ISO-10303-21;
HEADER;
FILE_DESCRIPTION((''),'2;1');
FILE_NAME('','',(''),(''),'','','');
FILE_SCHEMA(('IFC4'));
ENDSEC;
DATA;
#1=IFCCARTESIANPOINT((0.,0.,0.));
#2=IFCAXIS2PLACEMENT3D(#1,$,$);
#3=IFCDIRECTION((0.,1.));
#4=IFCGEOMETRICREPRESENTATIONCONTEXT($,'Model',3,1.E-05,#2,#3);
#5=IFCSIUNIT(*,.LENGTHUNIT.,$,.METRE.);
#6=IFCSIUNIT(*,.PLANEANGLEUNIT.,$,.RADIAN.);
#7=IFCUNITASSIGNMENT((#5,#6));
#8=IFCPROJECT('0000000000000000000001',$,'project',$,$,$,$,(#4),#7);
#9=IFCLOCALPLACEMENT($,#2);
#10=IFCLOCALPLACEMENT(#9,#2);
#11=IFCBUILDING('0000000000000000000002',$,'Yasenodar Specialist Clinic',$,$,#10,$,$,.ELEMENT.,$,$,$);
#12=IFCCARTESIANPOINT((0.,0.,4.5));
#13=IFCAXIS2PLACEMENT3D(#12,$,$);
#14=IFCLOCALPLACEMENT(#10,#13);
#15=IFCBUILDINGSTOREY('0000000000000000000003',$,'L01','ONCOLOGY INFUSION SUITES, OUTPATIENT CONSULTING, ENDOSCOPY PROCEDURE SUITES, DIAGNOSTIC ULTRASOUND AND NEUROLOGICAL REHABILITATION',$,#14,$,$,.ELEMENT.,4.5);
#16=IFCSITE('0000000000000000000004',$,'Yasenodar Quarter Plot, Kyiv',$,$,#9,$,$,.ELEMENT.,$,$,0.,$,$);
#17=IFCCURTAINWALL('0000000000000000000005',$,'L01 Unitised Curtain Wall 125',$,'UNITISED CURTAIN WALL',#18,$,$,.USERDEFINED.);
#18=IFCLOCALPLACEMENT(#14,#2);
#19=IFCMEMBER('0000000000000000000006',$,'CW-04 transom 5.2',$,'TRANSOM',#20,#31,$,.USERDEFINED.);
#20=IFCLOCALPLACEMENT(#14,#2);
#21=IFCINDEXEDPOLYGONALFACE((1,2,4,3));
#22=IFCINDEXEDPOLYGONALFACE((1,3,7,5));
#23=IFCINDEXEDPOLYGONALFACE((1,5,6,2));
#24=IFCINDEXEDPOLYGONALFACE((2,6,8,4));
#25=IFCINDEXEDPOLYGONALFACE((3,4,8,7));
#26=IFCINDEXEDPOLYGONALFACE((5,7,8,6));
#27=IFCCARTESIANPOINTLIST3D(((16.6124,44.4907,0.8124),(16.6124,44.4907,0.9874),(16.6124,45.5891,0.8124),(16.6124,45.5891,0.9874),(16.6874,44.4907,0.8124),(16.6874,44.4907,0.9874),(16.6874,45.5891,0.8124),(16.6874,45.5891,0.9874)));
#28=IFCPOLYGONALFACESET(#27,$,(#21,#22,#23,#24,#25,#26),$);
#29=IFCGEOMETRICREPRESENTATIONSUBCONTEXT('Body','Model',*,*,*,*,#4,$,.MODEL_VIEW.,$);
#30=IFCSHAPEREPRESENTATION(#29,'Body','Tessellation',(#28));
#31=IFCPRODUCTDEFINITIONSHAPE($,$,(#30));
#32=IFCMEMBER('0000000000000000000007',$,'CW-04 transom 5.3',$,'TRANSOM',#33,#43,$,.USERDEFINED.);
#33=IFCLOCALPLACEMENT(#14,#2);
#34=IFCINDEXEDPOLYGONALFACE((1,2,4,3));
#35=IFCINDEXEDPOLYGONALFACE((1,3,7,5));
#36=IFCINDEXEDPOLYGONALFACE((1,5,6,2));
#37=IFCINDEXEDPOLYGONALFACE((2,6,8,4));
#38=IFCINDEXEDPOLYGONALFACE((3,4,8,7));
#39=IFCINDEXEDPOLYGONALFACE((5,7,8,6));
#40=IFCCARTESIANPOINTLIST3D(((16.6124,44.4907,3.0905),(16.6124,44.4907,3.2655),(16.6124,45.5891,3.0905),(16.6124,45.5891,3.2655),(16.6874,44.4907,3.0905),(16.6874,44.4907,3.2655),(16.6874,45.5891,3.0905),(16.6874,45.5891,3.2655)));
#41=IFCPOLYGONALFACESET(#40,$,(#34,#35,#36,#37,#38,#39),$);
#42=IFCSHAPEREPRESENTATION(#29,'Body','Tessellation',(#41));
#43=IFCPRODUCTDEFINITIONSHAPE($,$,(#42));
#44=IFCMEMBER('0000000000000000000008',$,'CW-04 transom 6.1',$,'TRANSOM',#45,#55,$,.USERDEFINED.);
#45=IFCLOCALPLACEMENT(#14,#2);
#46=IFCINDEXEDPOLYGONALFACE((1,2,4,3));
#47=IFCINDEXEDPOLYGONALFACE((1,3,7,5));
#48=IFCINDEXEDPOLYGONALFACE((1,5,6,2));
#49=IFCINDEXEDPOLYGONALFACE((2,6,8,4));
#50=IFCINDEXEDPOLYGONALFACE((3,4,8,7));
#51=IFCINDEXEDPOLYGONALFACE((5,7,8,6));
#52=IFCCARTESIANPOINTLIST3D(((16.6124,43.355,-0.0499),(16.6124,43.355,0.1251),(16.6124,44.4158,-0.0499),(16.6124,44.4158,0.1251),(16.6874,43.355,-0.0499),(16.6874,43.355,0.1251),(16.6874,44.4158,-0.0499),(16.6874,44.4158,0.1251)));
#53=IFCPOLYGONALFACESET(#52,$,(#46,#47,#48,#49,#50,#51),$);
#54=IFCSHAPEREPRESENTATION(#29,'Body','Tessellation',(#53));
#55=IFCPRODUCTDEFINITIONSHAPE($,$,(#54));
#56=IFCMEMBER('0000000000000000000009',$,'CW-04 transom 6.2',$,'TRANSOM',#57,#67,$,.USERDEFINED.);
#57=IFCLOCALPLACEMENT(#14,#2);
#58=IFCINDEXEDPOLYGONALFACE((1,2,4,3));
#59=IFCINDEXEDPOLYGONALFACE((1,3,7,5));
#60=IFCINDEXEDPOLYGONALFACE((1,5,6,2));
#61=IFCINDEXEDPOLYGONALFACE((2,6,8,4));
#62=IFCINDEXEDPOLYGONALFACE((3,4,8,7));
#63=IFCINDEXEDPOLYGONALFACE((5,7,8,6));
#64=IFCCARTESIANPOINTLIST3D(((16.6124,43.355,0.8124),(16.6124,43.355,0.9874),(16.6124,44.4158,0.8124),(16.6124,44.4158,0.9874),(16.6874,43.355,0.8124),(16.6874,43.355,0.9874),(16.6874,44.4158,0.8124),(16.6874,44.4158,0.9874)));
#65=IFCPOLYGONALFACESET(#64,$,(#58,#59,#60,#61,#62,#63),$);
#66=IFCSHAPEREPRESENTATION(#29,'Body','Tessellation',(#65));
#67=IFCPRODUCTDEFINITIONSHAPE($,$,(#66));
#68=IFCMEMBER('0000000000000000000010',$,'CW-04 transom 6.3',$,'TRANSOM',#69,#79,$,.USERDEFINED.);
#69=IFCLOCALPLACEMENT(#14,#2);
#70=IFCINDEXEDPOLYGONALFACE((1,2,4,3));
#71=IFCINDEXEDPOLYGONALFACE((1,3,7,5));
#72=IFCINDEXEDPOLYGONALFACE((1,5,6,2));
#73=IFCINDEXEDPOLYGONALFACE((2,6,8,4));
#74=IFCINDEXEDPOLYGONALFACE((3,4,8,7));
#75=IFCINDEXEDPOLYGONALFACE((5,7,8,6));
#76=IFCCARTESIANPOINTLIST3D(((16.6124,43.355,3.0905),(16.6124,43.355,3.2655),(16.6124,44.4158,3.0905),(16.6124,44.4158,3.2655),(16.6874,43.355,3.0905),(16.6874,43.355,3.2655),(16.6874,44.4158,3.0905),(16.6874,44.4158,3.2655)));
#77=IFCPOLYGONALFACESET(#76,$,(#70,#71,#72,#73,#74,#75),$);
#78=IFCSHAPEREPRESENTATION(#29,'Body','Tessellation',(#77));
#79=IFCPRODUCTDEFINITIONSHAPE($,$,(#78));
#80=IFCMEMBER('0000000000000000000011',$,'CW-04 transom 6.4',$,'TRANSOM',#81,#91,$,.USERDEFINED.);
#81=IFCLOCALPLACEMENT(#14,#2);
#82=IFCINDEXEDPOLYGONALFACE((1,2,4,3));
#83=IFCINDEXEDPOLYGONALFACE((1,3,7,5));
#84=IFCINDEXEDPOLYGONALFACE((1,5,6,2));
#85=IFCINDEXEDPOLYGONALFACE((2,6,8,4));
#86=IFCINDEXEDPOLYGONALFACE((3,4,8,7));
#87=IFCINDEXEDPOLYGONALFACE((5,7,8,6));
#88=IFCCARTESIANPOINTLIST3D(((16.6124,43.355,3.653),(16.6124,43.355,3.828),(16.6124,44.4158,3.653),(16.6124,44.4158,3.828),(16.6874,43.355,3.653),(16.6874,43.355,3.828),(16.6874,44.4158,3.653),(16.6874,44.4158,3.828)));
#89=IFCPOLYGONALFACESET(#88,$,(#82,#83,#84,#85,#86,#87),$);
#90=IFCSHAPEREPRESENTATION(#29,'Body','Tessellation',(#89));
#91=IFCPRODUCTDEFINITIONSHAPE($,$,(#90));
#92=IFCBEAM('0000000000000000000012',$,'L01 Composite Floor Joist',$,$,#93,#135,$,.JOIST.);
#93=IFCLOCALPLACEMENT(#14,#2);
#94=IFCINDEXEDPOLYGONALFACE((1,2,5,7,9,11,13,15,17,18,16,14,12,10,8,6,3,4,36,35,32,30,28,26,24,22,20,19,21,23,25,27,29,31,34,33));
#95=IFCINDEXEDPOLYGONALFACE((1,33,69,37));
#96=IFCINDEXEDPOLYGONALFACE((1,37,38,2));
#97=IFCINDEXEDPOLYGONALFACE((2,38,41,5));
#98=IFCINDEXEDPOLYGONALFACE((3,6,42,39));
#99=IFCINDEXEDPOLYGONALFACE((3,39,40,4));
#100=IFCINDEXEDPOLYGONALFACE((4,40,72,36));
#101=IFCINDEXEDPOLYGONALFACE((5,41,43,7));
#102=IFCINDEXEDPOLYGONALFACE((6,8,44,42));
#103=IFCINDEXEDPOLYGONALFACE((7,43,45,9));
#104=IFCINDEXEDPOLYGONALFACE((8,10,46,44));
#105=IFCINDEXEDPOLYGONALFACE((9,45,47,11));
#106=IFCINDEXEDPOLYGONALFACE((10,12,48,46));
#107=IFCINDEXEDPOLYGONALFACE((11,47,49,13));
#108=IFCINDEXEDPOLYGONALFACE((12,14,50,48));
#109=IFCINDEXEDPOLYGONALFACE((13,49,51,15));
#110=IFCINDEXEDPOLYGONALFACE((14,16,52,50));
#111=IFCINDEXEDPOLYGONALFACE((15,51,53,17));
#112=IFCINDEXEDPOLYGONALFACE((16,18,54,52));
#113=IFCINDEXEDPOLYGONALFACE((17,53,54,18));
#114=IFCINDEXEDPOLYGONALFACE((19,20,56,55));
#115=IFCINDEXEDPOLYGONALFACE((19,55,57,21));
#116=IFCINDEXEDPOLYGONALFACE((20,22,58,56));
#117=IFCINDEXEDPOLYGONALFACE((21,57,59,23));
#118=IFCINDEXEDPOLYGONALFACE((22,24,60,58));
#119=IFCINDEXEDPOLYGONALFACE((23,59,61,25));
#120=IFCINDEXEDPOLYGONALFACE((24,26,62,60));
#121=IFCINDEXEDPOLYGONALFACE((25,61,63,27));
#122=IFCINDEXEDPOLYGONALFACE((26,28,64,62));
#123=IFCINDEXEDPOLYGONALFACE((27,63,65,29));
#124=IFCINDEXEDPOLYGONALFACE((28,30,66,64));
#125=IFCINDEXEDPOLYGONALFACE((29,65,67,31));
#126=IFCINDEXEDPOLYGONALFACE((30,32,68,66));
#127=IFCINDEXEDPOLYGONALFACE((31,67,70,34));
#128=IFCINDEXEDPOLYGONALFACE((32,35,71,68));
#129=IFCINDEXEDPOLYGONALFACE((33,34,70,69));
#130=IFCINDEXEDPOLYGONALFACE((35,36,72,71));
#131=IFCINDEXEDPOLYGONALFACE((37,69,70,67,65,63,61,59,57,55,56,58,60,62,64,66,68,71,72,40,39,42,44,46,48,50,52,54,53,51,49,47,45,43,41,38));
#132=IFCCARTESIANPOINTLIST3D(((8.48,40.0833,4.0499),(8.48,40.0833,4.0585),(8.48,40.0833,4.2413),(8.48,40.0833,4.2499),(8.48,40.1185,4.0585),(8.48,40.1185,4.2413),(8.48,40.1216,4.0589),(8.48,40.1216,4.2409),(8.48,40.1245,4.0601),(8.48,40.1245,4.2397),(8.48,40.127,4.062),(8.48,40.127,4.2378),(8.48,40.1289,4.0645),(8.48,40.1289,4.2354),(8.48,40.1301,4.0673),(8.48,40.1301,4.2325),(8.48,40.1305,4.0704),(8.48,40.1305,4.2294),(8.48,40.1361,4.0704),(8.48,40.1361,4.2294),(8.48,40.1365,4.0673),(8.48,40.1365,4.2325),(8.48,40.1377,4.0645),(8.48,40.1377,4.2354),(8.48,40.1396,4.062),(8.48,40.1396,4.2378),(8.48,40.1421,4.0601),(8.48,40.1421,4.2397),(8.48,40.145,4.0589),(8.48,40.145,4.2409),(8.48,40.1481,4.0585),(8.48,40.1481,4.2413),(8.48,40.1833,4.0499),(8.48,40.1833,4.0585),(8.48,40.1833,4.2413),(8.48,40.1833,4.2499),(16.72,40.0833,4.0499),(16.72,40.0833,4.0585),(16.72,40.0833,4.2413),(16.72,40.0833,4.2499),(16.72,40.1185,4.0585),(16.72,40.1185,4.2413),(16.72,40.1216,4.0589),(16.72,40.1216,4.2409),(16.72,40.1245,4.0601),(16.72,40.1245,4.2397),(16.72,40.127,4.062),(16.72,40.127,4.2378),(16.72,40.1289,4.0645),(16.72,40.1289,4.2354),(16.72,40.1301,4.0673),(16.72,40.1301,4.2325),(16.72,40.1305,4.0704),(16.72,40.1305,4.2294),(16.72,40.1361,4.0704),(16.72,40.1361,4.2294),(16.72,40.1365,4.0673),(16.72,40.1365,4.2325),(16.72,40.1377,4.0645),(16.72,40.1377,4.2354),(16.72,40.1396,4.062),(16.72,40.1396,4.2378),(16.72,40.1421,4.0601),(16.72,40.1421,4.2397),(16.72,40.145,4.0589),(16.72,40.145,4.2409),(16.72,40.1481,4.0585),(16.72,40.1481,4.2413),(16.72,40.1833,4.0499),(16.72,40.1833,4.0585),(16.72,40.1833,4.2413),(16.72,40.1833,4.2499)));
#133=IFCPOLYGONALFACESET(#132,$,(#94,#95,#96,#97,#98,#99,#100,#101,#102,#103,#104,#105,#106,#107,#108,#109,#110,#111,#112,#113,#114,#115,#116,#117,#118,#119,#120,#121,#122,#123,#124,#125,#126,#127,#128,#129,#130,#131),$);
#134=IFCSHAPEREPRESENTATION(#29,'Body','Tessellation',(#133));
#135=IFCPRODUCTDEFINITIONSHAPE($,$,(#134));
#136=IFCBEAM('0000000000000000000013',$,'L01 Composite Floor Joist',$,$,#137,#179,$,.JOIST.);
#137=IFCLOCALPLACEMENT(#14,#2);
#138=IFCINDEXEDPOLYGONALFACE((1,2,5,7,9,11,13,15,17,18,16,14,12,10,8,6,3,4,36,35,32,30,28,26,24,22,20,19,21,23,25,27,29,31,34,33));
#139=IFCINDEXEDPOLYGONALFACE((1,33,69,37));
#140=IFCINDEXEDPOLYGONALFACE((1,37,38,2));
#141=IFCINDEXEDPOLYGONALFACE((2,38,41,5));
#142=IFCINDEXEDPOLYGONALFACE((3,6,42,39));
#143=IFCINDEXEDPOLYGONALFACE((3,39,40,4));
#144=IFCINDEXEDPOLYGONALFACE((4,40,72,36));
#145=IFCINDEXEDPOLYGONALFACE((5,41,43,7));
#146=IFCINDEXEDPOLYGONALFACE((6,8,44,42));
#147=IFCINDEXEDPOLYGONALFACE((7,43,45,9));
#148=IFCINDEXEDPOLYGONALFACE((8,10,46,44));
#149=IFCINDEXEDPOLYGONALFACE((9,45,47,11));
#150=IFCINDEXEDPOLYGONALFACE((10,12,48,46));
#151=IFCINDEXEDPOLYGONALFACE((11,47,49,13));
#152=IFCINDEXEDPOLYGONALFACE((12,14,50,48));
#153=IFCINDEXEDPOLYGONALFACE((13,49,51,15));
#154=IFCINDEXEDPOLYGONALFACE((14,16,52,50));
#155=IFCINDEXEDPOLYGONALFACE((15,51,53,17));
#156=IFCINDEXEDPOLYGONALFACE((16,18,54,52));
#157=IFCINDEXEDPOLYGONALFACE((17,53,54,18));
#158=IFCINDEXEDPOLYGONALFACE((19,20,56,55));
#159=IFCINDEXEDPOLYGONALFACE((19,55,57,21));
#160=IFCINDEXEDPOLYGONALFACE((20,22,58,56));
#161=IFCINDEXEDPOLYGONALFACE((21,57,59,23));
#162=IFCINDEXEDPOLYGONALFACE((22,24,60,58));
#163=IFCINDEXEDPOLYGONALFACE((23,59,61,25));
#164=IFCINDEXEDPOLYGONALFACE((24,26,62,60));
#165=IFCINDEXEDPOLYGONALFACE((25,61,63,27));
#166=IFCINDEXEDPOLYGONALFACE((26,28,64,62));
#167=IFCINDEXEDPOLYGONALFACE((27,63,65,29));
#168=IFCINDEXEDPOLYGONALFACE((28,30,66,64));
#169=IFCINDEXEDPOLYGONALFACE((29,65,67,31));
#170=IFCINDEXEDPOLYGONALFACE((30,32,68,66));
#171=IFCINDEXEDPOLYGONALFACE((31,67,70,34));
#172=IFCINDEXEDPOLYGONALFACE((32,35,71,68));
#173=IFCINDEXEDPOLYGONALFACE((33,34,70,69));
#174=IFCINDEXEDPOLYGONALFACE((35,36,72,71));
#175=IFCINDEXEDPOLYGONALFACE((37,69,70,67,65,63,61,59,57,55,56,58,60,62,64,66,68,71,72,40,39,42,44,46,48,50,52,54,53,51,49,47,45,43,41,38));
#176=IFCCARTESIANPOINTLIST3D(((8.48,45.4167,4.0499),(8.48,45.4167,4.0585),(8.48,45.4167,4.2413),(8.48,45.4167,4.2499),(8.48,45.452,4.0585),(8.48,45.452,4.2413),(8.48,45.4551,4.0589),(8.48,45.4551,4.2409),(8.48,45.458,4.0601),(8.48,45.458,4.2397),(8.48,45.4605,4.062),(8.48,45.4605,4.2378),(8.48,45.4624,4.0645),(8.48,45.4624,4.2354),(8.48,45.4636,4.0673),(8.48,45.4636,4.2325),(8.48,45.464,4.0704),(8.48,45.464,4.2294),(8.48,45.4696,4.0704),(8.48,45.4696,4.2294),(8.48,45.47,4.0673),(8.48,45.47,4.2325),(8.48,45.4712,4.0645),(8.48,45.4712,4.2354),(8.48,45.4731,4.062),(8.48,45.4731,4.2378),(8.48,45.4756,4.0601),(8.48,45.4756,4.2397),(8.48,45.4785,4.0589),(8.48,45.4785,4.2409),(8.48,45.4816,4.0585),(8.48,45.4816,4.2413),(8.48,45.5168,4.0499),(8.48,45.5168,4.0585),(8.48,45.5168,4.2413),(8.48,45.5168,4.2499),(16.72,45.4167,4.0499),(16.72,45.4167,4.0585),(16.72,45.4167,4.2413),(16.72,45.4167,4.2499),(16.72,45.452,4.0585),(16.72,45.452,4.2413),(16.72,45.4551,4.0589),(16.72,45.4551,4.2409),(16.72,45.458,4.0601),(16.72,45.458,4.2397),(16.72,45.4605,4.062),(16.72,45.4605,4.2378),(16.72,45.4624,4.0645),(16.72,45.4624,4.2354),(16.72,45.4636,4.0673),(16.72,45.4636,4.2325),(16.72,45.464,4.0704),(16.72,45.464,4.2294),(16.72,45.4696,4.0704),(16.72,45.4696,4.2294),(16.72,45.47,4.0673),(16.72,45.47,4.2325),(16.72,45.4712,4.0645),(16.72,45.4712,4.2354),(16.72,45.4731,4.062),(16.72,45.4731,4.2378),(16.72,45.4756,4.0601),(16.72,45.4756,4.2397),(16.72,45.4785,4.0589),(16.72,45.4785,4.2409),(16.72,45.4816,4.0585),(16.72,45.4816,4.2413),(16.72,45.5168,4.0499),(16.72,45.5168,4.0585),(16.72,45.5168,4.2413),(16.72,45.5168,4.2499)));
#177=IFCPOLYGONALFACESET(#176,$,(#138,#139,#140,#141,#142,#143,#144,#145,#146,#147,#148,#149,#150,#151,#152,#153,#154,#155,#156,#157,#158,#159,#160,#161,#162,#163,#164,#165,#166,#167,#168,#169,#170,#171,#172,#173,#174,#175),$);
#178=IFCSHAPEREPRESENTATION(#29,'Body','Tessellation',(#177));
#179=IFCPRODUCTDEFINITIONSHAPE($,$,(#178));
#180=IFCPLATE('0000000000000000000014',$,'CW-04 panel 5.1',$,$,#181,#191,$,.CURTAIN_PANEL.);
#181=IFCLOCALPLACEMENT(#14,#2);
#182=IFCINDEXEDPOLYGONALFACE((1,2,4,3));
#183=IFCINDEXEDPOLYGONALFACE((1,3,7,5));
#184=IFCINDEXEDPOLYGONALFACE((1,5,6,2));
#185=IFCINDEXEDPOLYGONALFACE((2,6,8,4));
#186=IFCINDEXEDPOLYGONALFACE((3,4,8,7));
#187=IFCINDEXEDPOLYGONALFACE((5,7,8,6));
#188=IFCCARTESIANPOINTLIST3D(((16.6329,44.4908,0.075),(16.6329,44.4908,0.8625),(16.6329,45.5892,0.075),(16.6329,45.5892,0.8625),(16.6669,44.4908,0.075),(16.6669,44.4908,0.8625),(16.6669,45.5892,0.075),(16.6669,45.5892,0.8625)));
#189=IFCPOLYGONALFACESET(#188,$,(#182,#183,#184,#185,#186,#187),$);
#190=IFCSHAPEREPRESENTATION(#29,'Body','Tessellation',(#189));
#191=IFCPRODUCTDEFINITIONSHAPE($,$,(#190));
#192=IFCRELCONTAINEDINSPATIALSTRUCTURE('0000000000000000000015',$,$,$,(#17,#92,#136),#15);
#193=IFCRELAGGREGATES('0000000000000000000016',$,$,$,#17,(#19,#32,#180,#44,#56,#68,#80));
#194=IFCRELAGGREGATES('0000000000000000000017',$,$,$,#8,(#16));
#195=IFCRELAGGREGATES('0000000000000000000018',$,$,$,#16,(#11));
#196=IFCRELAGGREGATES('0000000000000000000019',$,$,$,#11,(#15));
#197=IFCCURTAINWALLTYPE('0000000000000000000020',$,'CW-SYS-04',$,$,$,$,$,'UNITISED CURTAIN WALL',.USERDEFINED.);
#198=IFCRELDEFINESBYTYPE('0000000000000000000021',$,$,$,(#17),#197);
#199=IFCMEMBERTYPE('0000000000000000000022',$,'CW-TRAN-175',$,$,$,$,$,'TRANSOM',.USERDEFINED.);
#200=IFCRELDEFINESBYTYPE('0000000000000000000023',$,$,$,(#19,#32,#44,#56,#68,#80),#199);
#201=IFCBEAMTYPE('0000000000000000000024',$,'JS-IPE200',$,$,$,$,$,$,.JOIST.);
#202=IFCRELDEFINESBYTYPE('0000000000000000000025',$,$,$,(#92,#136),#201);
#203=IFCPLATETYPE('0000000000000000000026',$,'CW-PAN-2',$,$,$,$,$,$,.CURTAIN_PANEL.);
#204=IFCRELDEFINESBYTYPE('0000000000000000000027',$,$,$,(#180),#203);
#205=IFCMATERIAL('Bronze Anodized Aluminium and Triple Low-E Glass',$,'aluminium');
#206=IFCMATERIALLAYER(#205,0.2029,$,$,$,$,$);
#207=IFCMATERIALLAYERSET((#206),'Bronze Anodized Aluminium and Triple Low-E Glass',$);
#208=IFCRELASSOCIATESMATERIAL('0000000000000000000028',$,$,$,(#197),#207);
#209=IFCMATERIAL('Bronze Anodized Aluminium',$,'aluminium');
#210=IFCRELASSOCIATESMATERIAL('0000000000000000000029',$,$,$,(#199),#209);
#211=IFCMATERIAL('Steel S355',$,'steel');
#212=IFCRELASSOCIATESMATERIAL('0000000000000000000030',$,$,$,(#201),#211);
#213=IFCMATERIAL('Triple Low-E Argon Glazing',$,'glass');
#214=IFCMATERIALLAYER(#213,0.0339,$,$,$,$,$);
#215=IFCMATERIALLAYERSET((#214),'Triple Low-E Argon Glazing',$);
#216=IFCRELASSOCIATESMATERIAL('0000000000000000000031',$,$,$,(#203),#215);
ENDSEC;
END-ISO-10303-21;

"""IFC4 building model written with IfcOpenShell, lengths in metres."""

from ifc_helpers import new_model, si_unit, direction, frame, origin, origin_2d, place, context, subcontext, project, spatial, rectangle, i_section, extrude, material, layer, layer_set, material_profile, profile_set, type_object, element, aggregate, save


model = new_model("IFC4")

# Units and contexts
model_context = context("Model", 3, precision=1e-05, world=origin(), true_north=direction((0.0, 1.0)))
body_context = subcontext(model_context, "Body", "Model", "MODEL_VIEW")
ifc_project = project(units=[si_unit("LENGTHUNIT", "METRE"), si_unit("PLANEANGLEUNIT", "RADIAN")], contexts=[model_context])

# Site, building, storey
site_placement = place(None, origin())
site = spatial("IfcSite", under=ifc_project, at=site_placement, Name="Yasenodar Quarter Plot, Kyiv", CompositionType="ELEMENT", RefElevation=0.0)
building_placement = place(site_placement, origin())
building = spatial("IfcBuilding", under=site, at=building_placement, Name="Yasenodar Specialist Clinic", CompositionType="ELEMENT")
storey_placement = place(building_placement, frame((0.0, 0.0, 4.5)))
storey = spatial("IfcBuildingStorey", under=building, at=storey_placement, Name="L01", Description="ONCOLOGY INFUSION SUITES, OUTPATIENT CONSULTING, ENDOSCOPY PROCEDURE SUITES, DIAGNOSTIC ULTRASOUND AND NEUROLOGICAL REHABILITATION", CompositionType="ELEMENT", Elevation=4.5)

# Shared definitions
ifc_material_1 = material(Name="Steel S355", Category="steel")

# Curtain wall, members
ifc_material_2 = material(Name="Bronze Anodized Aluminium and Triple Low-E Glass", Category="aluminium")
ifc_layer_1 = layer(ifc_material_2, 0.2029)
ifc_layer_set_1 = layer_set([ifc_layer_1], Name="Bronze Anodized Aluminium and Triple Low-E Glass")
curtain_wall_type = type_object("IfcCurtainWallType", Name="CW-SYS-04", ElementType="UNITISED CURTAIN WALL", PredefinedType="USERDEFINED", material=ifc_layer_set_1)
curtain_wall_placement = place(storey_placement, origin())
curtain_wall = element("IfcCurtainWall", 1, at=curtain_wall_placement, inside=storey, type_object=curtain_wall_type, Name="L01 Unitised Curtain Wall 125", ObjectType="UNITISED CURTAIN WALL", PredefinedType="USERDEFINED")
ifc_material_3 = material(Name="Bronze Anodized Aluminium", Category="aluminium")
ifc_material_profile_1 = material_profile(ifc_material_3, rectangle(XDim=0.075, YDim=0.175, at=origin_2d()), Name="CW-TRAN 75x175")
ifc_profile_set_1 = profile_set([ifc_material_profile_1], Name="Bronze Anodized Aluminium")
member_type_1 = type_object("IfcMemberType", Name="CW-TRAN-175", ElementType="TRANSOM", PredefinedType="USERDEFINED", material=ifc_profile_set_1)
member_1_placement = place(storey_placement, frame((16.6499, 45.5891, 0.8999), z_axis=(0.0, -1.0, 0.0), x_axis=(1.0, 0.0, 0.0)))
member_1 = element("IfcMember", 2, at=member_1_placement, type_object=member_type_1, Name="CW-04 transom 5.2", ObjectType="TRANSOM", PredefinedType="USERDEFINED", context=body_context, shape_type="SweptSolid", body=[
    extrude(rectangle(XDim=0.075, YDim=0.175, at=origin_2d()), origin(), (0.0, 0.0, 1.0), 1.0984),
])
member_2_placement = place(storey_placement, frame((16.6499, 45.5891, 3.178), z_axis=(0.0, -1.0, 0.0), x_axis=(1.0, 0.0, 0.0)))
member_2 = element("IfcMember", 3, at=member_2_placement, type_object=member_type_1, Name="CW-04 transom 5.3", ObjectType="TRANSOM", PredefinedType="USERDEFINED", context=body_context, shape_type="SweptSolid", body=[
    extrude(rectangle(XDim=0.075, YDim=0.175, at=origin_2d()), origin(), (0.0, 0.0, 1.0), 1.0984),
])
member_3_placement = place(storey_placement, frame((16.6499, 44.4158, 0.0376), z_axis=(0.0, -1.0, 0.0), x_axis=(1.0, 0.0, 0.0)))
member_3 = element("IfcMember", 4, at=member_3_placement, type_object=member_type_1, Name="CW-04 transom 6.1", ObjectType="TRANSOM", PredefinedType="USERDEFINED", context=body_context, shape_type="SweptSolid", body=[
    extrude(rectangle(XDim=0.075, YDim=0.175, at=origin_2d()), origin(), (0.0, 0.0, 1.0), 1.0608),
])
member_4_placement = place(storey_placement, frame((16.6499, 44.4158, 0.8999), z_axis=(0.0, -1.0, 0.0), x_axis=(1.0, 0.0, 0.0)))
member_4 = element("IfcMember", 5, at=member_4_placement, type_object=member_type_1, Name="CW-04 transom 6.2", ObjectType="TRANSOM", PredefinedType="USERDEFINED", context=body_context, shape_type="SweptSolid", body=[
    extrude(rectangle(XDim=0.075, YDim=0.175, at=origin_2d()), origin(), (0.0, 0.0, 1.0), 1.0608),
])
member_5_placement = place(storey_placement, frame((16.6499, 44.4158, 3.178), z_axis=(0.0, -1.0, 0.0), x_axis=(1.0, 0.0, 0.0)))
member_5 = element("IfcMember", 6, at=member_5_placement, type_object=member_type_1, Name="CW-04 transom 6.3", ObjectType="TRANSOM", PredefinedType="USERDEFINED", context=body_context, shape_type="SweptSolid", body=[
    extrude(rectangle(XDim=0.075, YDim=0.175, at=origin_2d()), origin(), (0.0, 0.0, 1.0), 1.0608),
])
member_6_placement = place(storey_placement, frame((16.6499, 44.4158, 3.7405), z_axis=(0.0, -1.0, 0.0), x_axis=(1.0, 0.0, 0.0)))
member_6 = element("IfcMember", 7, at=member_6_placement, type_object=member_type_1, Name="CW-04 transom 6.4", ObjectType="TRANSOM", PredefinedType="USERDEFINED", context=body_context, shape_type="SweptSolid", body=[
    extrude(rectangle(XDim=0.075, YDim=0.175, at=origin_2d()), origin(), (0.0, 0.0, 1.0), 1.0608),
])

# Beams
ifc_material_profile_2 = material_profile(ifc_material_1, i_section(OverallWidth=0.1001, OverallDepth=0.2, WebThickness=0.0056, FlangeThickness=0.0085, FilletRadius=0.012, at=origin_2d()), Name="IPE 200")
ifc_profile_set_2 = profile_set([ifc_material_profile_2], Name="Steel S355")
beam_type_1 = type_object("IfcBeamType", Name="JS-IPE200", PredefinedType="JOIST", material=ifc_profile_set_2)
for number, where, z_axis, x_axis, name in (
    (8, (8.48, 40.1333, 4.1499), (1.0, 0.0, 0.0), (0.0, 1.0, 0.0), "L01 Composite Floor Joist"),
    (9, (8.48, 45.4668, 4.1499), (1.0, 0.0, 0.0), (0.0, 1.0, 0.0), "L01 Composite Floor Joist"),
):
    element("IfcBeam", number, at=place(storey_placement, frame(where, z_axis=z_axis, x_axis=x_axis)), inside=storey, type_object=beam_type_1, Name=name, PredefinedType="JOIST", context=body_context, shape_type="SweptSolid", body=[
        extrude(i_section(OverallWidth=0.1001, OverallDepth=0.2, WebThickness=0.0056, FlangeThickness=0.0085, FilletRadius=0.012, at=origin_2d()), origin(), (0.0, 0.0, 1.0), 8.24),
    ])

# Plate
ifc_material_4 = material(Name="Triple Low-E Argon Glazing", Category="glass")
ifc_layer_2 = layer(ifc_material_4, 0.0339)
ifc_layer_set_2 = layer_set([ifc_layer_2], Name="Triple Low-E Argon Glazing")
plate_type = type_object("IfcPlateType", Name="CW-PAN-2", PredefinedType="CURTAIN_PANEL", material=ifc_layer_set_2)
plate_1_placement = place(storey_placement, frame((16.6499, 45.04, 0.075), z_axis=(0.0, 0.0, 1.0), x_axis=(0.0, -1.0, 0.0)))
plate_1 = element("IfcPlate", 10, at=plate_1_placement, type_object=plate_type, Name="CW-04 panel 5.1", PredefinedType="CURTAIN_PANEL", context=body_context, shape_type="SweptSolid", body=[
    extrude(rectangle(XDim=1.0984, YDim=0.0339, at=origin_2d()), origin(), (0.0, 0.0, 1.0), 0.7876),
])
aggregate(curtain_wall, [member_1, member_2, plate_1, member_3, member_4, member_5, member_6])

save(model, "model.ifc")
